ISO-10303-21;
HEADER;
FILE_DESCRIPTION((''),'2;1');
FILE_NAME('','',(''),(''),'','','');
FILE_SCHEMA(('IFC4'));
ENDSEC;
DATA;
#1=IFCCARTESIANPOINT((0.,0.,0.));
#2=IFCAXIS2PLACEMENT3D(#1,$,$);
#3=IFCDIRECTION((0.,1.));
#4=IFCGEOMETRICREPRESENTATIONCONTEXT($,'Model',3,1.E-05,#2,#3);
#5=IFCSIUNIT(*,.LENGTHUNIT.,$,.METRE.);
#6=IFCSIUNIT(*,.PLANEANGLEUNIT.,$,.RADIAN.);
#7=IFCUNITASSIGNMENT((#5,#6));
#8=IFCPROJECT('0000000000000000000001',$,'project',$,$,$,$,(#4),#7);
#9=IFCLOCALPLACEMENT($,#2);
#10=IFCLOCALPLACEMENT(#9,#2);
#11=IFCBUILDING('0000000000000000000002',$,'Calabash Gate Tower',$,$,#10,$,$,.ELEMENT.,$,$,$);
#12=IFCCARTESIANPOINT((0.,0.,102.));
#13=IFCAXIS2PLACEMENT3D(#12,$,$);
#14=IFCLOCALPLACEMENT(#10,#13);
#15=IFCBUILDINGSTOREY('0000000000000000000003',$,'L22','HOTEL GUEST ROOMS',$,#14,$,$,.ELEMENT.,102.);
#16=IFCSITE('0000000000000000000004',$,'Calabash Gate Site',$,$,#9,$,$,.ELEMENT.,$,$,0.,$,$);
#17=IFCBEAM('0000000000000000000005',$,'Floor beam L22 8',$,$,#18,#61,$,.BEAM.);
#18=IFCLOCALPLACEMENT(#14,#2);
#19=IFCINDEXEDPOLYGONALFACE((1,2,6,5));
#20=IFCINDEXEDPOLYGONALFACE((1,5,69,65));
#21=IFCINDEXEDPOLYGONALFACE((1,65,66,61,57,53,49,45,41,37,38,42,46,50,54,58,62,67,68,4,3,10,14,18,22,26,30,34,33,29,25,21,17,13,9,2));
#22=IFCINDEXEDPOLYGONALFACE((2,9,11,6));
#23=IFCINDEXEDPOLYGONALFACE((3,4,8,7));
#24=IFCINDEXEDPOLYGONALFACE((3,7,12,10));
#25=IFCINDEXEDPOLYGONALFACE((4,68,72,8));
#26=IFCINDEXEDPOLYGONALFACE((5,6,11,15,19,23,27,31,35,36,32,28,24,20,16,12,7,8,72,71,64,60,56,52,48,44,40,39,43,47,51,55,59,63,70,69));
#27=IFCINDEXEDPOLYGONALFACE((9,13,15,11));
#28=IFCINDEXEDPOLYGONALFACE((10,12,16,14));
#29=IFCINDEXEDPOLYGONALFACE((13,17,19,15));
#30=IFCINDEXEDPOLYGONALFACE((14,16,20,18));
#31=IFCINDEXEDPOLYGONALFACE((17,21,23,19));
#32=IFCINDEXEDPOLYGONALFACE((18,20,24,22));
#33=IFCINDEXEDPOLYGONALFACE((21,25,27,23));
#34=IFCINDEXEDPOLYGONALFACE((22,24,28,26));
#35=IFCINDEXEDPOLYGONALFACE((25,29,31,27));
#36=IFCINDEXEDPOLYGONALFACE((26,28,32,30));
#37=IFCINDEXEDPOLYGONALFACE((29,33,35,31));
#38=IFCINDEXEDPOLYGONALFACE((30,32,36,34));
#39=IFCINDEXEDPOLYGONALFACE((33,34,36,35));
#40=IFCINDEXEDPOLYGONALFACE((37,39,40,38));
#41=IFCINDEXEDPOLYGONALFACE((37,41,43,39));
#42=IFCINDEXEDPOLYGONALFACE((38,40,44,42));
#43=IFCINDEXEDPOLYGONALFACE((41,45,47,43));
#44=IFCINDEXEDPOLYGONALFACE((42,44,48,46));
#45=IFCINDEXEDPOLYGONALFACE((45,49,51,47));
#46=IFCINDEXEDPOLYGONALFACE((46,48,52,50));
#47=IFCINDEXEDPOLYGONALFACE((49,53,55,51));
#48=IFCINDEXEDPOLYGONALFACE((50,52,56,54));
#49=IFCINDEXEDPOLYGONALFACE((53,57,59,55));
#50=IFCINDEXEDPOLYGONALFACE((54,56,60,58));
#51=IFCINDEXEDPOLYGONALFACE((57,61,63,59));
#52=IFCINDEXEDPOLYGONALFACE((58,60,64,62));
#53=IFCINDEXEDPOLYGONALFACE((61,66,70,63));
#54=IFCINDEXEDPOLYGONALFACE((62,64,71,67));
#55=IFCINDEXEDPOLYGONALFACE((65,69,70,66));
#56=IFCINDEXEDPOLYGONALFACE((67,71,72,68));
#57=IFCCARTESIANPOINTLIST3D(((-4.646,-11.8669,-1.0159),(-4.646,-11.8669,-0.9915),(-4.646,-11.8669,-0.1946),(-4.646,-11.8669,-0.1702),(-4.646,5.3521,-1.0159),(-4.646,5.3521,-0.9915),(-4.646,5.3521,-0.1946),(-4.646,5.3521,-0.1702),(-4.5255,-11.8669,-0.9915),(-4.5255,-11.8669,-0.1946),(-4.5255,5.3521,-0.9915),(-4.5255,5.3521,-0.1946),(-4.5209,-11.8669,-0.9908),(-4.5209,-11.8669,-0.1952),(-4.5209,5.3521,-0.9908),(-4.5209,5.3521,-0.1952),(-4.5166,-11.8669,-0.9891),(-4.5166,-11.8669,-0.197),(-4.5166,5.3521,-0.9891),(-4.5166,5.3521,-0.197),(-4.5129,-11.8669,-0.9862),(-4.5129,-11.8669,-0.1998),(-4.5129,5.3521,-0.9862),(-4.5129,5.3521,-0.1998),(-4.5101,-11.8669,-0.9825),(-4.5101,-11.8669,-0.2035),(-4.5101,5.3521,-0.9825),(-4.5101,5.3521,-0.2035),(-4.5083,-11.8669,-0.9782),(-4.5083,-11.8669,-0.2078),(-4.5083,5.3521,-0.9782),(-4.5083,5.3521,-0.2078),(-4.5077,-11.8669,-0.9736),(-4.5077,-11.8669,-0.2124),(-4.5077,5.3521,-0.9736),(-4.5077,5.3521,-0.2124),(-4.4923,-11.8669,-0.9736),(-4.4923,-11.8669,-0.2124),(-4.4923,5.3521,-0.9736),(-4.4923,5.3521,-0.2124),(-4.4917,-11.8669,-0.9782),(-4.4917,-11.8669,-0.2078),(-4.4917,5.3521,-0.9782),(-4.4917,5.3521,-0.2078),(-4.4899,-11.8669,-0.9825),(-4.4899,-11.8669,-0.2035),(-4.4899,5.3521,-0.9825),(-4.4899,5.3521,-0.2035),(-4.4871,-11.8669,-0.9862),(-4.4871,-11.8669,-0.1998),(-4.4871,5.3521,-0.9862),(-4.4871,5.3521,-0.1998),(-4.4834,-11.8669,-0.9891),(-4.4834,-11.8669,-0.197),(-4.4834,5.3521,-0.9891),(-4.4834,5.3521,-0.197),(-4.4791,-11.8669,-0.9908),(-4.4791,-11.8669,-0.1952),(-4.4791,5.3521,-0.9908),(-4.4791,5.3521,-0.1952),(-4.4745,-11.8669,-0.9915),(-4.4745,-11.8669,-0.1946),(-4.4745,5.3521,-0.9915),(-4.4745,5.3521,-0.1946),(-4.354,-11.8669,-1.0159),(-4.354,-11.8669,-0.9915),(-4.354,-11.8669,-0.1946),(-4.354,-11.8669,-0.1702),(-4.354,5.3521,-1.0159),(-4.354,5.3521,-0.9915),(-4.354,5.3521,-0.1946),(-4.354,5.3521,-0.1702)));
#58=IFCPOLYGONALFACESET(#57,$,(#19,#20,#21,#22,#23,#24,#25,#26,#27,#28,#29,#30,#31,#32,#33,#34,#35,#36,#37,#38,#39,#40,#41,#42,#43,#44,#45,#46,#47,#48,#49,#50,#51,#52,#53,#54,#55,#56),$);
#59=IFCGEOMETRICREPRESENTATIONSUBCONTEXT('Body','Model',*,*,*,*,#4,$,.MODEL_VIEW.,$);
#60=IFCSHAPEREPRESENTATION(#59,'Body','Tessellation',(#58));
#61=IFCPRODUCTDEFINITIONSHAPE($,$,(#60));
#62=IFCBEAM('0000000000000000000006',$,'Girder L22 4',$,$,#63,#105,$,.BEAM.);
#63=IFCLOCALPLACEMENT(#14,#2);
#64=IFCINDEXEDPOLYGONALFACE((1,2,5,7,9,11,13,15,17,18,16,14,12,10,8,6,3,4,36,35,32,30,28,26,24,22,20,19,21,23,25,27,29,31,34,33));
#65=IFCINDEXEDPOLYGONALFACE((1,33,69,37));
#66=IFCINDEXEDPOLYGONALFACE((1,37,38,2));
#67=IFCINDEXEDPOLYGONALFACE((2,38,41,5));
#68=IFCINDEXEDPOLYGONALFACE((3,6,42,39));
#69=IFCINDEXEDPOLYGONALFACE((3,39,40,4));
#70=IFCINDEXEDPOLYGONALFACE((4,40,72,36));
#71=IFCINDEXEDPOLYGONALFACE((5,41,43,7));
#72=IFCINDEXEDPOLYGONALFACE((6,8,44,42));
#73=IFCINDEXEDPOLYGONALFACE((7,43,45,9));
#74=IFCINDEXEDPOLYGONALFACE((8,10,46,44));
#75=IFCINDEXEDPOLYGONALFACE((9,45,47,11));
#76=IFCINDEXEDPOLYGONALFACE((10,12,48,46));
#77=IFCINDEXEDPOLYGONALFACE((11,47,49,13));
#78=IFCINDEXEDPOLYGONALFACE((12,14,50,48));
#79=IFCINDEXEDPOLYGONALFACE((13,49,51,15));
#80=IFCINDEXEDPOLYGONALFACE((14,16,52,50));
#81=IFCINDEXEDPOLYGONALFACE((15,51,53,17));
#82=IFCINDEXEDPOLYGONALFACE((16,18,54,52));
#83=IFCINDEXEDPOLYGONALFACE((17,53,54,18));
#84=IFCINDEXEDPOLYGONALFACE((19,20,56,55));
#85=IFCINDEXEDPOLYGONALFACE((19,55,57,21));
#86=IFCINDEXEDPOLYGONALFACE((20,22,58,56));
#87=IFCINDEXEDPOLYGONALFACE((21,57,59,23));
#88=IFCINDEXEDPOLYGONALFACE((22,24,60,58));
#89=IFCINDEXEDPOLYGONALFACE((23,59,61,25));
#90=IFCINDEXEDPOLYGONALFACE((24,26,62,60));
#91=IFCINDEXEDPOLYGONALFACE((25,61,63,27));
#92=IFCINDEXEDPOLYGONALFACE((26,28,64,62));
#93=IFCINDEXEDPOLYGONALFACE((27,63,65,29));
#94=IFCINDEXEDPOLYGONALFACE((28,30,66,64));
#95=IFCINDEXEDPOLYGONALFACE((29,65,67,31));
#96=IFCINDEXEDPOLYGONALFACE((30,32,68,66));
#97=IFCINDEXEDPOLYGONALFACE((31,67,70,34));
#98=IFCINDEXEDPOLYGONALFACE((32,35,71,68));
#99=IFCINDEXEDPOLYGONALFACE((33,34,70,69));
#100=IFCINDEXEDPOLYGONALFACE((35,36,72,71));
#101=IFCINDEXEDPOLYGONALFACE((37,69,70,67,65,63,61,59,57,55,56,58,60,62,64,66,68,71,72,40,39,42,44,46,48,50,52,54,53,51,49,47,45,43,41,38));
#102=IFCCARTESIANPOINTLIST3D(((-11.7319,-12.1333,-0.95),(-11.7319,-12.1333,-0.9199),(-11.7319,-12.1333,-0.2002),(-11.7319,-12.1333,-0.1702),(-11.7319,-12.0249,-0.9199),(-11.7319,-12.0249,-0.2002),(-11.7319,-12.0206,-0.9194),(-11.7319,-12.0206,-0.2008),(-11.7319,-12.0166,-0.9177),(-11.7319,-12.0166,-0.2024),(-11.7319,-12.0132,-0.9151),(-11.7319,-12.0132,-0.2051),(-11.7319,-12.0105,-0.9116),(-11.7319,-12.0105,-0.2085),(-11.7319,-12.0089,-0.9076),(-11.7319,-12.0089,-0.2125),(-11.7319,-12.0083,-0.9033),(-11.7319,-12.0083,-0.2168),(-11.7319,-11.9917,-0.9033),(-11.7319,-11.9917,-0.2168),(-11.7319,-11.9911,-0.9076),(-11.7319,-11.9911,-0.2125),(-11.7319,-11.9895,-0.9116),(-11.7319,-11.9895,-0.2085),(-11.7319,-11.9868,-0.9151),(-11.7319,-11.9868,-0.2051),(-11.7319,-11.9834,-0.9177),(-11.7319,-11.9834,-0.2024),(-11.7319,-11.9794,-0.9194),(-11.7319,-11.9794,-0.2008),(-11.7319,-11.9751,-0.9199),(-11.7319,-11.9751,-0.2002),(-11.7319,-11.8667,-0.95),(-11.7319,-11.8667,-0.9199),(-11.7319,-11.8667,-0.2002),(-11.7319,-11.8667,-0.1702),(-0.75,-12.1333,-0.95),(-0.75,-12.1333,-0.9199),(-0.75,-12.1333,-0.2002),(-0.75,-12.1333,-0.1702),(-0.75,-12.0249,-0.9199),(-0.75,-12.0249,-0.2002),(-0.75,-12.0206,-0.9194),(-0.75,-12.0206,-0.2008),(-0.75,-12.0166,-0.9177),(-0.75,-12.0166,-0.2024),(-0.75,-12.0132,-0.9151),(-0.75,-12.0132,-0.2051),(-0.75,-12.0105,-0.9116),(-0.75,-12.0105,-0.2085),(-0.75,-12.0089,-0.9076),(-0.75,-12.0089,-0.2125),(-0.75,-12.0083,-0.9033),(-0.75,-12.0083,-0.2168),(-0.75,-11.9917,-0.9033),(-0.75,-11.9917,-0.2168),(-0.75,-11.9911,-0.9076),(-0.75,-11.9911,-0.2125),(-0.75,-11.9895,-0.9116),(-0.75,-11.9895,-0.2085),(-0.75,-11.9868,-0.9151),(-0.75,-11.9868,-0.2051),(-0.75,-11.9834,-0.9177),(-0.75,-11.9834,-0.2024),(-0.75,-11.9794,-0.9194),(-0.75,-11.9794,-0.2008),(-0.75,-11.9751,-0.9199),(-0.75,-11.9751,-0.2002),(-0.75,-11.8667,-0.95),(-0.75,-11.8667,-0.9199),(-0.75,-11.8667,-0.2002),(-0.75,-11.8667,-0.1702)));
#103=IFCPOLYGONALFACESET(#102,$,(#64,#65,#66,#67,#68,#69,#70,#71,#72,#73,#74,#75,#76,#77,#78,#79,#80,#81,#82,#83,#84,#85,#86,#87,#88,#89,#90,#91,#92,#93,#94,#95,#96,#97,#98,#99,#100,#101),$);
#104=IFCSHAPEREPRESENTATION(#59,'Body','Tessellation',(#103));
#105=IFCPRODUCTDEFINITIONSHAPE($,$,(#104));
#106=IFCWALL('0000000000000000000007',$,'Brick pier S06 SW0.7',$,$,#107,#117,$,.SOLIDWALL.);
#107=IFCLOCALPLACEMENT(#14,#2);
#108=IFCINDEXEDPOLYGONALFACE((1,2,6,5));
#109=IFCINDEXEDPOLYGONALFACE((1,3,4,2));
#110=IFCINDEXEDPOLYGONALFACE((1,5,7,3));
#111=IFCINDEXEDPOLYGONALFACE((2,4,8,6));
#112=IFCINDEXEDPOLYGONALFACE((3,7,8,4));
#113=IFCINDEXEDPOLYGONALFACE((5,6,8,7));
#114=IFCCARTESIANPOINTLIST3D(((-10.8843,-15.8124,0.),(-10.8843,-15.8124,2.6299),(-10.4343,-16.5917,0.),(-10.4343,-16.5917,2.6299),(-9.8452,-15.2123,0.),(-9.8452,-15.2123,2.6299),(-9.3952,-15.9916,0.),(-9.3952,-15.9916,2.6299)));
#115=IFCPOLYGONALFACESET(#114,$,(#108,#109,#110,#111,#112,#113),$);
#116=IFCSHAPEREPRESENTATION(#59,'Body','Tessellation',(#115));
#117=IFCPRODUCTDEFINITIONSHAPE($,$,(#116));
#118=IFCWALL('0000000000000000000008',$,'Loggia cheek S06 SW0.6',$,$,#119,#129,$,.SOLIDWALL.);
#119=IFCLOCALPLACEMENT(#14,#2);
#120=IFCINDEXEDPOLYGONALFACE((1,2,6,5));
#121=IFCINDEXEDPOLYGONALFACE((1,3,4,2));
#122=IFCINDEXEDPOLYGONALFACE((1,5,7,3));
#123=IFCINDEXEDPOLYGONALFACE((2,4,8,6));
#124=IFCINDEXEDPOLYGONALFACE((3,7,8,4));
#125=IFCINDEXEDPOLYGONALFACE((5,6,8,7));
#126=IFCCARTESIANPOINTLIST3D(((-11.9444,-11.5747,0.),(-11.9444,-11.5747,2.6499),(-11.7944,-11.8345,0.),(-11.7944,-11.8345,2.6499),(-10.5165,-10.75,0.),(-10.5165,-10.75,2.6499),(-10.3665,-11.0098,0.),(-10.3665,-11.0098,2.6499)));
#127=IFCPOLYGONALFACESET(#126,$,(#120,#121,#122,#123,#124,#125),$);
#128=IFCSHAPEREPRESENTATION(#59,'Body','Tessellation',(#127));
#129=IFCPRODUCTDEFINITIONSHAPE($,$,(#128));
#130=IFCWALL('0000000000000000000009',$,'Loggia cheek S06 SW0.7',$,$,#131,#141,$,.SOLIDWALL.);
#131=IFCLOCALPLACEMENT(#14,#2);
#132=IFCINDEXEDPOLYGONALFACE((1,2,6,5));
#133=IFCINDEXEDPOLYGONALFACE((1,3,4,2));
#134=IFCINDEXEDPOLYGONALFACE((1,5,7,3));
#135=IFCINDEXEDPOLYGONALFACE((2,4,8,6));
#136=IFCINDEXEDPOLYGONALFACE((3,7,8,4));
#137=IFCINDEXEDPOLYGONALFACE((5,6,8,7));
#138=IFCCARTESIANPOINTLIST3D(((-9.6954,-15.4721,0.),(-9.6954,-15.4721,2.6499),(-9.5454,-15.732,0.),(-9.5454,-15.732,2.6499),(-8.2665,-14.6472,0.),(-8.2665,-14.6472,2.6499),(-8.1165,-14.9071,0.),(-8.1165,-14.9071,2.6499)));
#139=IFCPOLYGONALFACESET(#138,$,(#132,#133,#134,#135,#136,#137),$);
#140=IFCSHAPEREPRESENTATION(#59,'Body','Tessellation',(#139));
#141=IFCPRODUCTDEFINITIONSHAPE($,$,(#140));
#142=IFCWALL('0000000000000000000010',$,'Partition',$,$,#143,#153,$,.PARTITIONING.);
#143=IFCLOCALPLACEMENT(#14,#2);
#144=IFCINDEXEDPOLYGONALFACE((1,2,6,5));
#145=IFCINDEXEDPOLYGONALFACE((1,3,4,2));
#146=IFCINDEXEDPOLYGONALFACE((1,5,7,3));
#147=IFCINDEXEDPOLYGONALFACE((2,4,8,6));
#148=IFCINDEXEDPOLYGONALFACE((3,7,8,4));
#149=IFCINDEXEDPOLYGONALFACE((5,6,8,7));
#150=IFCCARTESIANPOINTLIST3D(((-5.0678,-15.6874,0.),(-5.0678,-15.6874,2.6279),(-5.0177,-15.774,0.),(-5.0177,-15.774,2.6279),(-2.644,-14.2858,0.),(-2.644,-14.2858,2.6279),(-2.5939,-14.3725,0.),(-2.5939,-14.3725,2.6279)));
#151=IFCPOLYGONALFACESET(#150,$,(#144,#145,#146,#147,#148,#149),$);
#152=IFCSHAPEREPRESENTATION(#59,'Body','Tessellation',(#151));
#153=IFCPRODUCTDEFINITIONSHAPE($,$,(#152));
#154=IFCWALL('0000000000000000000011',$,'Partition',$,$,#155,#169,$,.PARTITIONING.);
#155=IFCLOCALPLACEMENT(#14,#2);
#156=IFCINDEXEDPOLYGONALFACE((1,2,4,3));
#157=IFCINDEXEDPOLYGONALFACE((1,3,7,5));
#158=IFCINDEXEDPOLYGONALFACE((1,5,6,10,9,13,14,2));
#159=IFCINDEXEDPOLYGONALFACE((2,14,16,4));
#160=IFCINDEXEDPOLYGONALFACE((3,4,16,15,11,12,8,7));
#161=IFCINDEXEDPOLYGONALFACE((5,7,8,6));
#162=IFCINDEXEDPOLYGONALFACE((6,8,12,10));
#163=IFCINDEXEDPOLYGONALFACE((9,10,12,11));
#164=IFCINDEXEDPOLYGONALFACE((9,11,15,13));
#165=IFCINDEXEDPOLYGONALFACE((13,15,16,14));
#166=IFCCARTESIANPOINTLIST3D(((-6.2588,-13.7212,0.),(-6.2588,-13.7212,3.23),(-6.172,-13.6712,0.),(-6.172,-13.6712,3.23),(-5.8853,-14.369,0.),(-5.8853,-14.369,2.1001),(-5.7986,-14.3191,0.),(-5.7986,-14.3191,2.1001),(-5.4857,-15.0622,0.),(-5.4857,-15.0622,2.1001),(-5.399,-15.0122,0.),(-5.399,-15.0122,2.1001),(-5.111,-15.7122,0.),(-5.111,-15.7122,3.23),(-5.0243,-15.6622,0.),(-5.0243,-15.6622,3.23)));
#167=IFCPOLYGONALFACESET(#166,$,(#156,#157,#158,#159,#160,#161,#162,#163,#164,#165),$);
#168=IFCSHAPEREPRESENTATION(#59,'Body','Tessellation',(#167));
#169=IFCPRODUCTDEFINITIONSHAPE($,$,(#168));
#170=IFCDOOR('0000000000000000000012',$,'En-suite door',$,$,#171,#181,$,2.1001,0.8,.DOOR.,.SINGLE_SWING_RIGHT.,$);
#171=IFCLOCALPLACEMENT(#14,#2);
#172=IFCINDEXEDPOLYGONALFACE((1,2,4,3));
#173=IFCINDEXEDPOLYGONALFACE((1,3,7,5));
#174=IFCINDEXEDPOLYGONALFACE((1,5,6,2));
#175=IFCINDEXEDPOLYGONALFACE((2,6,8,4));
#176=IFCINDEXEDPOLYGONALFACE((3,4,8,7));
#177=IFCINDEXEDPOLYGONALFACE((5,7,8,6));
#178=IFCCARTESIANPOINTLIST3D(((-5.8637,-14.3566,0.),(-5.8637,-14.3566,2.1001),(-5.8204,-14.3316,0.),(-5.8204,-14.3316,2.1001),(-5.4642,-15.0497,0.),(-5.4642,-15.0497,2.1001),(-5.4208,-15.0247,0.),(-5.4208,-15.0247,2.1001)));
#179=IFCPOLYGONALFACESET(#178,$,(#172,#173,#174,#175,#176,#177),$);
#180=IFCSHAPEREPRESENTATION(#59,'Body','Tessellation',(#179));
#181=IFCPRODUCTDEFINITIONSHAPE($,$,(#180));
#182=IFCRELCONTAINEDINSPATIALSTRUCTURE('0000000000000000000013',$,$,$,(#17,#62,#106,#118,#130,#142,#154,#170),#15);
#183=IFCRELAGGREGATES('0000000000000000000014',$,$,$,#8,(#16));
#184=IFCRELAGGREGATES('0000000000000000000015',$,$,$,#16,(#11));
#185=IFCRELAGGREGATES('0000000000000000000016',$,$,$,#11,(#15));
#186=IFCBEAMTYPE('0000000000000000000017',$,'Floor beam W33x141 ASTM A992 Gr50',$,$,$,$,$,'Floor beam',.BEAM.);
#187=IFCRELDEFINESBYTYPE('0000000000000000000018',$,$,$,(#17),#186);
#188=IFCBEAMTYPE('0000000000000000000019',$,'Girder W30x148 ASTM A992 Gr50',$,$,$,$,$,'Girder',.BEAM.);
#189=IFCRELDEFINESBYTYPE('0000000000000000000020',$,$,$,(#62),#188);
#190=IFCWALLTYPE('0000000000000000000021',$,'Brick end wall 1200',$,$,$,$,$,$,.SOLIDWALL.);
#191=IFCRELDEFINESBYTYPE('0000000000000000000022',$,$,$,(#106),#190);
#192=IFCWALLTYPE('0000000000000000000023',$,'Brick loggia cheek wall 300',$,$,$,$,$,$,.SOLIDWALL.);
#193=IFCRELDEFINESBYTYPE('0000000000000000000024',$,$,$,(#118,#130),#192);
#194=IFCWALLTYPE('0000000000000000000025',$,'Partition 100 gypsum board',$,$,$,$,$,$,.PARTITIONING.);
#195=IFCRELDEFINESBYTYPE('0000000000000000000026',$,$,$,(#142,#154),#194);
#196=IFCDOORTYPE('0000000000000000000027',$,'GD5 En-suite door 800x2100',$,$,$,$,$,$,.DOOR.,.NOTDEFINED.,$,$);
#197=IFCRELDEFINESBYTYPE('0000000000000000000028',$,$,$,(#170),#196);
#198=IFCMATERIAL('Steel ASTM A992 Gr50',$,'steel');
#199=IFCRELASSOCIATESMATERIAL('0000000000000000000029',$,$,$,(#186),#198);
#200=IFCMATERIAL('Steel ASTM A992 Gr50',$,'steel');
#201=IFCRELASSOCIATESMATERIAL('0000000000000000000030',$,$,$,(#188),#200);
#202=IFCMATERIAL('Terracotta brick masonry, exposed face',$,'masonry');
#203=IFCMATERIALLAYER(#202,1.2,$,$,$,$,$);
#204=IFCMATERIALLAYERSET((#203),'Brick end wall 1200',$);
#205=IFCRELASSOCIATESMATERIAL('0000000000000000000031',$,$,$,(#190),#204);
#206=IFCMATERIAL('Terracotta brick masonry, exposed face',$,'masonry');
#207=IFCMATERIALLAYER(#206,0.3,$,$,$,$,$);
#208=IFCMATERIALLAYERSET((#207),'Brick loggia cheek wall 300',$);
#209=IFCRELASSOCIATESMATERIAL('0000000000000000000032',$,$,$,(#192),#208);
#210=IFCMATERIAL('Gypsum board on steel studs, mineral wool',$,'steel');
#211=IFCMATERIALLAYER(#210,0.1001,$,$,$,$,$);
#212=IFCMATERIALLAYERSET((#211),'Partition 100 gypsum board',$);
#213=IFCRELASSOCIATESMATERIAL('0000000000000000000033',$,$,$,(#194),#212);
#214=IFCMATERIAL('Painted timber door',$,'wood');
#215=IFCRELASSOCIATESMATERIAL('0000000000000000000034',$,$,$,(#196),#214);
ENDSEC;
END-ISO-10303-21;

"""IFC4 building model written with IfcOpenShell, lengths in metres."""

from ifc_helpers import new_model, si_unit, direction, frame, frame_2d, origin, origin_2d, place, context, subcontext, project, spatial, rectangle, i_section, extrude, material, layer, layer_set, material_profile, profile_set, type_object, element, fill, save


model = new_model("IFC4")

# Units and contexts
model_context = context("Model", 3, precision=1e-05, world=origin(), true_north=direction((0.0, 1.0)))
body_context = subcontext(model_context, "Body", "Model", "MODEL_VIEW")
ifc_project = project(units=[si_unit("LENGTHUNIT", "METRE"), si_unit("PLANEANGLEUNIT", "RADIAN")], contexts=[model_context])

# Site, building, storey
site_placement = place(None, origin())
site = spatial("IfcSite", under=ifc_project, at=site_placement, Name="Calabash Gate Site", CompositionType="ELEMENT", RefElevation=0.0)
building_placement = place(site_placement, origin())
building = spatial("IfcBuilding", under=site, at=building_placement, Name="Calabash Gate Tower", CompositionType="ELEMENT")
storey_placement = place(building_placement, frame((0.0, 0.0, 102.0)))
storey = spatial("IfcBuildingStorey", under=building, at=storey_placement, Name="L22", Description="HOTEL GUEST ROOMS", CompositionType="ELEMENT", Elevation=102.0)

# Beams
ifc_material_1 = material(Name="Steel ASTM A992 Gr50", Category="steel")
ifc_material_profile_1 = material_profile(ifc_material_1, i_section(OverallWidth=0.292, OverallDepth=0.8457, WebThickness=0.0154, FlangeThickness=0.0244, FilletRadius=0.0178, at=origin_2d()))
ifc_profile_set_1 = profile_set([ifc_material_profile_1], Name="Steel ASTM A992 Gr50")
beam_type_1 = type_object("IfcBeamType", Name="Floor beam W33x141 ASTM A992 Gr50", ElementType="Floor beam", PredefinedType="BEAM", material=ifc_profile_set_1)
beam_1_placement = place(storey_placement, frame((-4.5, -11.8669, -0.593), z_axis=(0.0, 1.0, 0.0), x_axis=(-1.0, 0.0, 0.0)))
element("IfcBeam", 1, at=beam_1_placement, inside=storey, type_object=beam_type_1, Name="Floor beam L22 8", PredefinedType="BEAM", context=body_context, shape_type="SweptSolid", body=[
    extrude(i_section(OverallWidth=0.292, OverallDepth=0.8457, WebThickness=0.0154, FlangeThickness=0.0244, FilletRadius=0.0178, at=origin_2d()), origin(), (0.0, 0.0, 1.0), 17.219),
])
ifc_material_2 = material(Name="Steel ASTM A992 Gr50", Category="steel")
ifc_material_profile_2 = material_profile(ifc_material_2, i_section(OverallWidth=0.2666, OverallDepth=0.7798, WebThickness=0.0166, FlangeThickness=0.03, FilletRadius=0.0166, at=origin_2d()))
ifc_profile_set_2 = profile_set([ifc_material_profile_2], Name="Steel ASTM A992 Gr50")
beam_type_2 = type_object("IfcBeamType", Name="Girder W30x148 ASTM A992 Gr50", ElementType="Girder", PredefinedType="BEAM", material=ifc_profile_set_2)
beam_2_placement = place(storey_placement, frame((-11.7319, -12.0, -0.5601), z_axis=(1.0, 0.0, 0.0), x_axis=(0.0, 1.0, 0.0)))
element("IfcBeam", 2, at=beam_2_placement, inside=storey, type_object=beam_type_2, Name="Girder L22 4", PredefinedType="BEAM", context=body_context, shape_type="SweptSolid", body=[
    extrude(i_section(OverallWidth=0.2666, OverallDepth=0.7798, WebThickness=0.0166, FlangeThickness=0.03, FilletRadius=0.0166, at=origin_2d()), origin(), (0.0, 0.0, 1.0), 10.9819),
])

# Walls
ifc_material_3 = material(Name="Terracotta brick masonry, exposed face", Category="masonry")
ifc_layer_1 = layer(ifc_material_3, 1.2)
ifc_layer_set_1 = layer_set([ifc_layer_1], Name="Brick end wall 1200")
wall_type_1 = type_object("IfcWallType", Name="Brick end wall 1200", PredefinedType="SOLIDWALL", material=ifc_layer_set_1)
wall_1_placement = place(storey_placement, frame((-10.6594, -16.2021, 0.0), z_axis=(0.0, 0.0, 1.0), x_axis=(0.865955, 0.500122, 0.0)))
element("IfcWall", 3, at=wall_1_placement, inside=storey, type_object=wall_type_1, Name="Brick pier S06 SW0.7", PredefinedType="SOLIDWALL", context=body_context, shape_type="SweptSolid", body=[
    extrude(rectangle(XDim=1.2, YDim=0.8999, at=frame_2d((0.6001, 0.0))), origin(), (0.0, 0.0, 1.0), 2.6299),
])
ifc_material_4 = material(Name="Terracotta brick masonry, exposed face", Category="masonry")
ifc_layer_2 = layer(ifc_material_4, 0.3)
ifc_layer_set_2 = layer_set([ifc_layer_2], Name="Brick loggia cheek wall 300")
wall_type_2 = type_object("IfcWallType", Name="Brick loggia cheek wall 300", PredefinedType="SOLIDWALL", material=ifc_layer_set_2)
wall_2_placement = place(storey_placement, frame((-11.8694, -11.7046, 0.0), z_axis=(0.0, 0.0, 1.0), x_axis=(0.865956, 0.50012, 0.0)))
element("IfcWall", 4, at=wall_2_placement, inside=storey, type_object=wall_type_2, Name="Loggia cheek S06 SW0.6", PredefinedType="SOLIDWALL", context=body_context, shape_type="SweptSolid", body=[
    extrude(rectangle(XDim=1.6489, YDim=0.3, at=frame_2d((0.8245, 0.0))), origin(), (0.0, 0.0, 1.0), 2.6499),
])
wall_3_placement = place(storey_placement, frame((-9.6204, -15.6021, 0.0), z_axis=(0.0, 0.0, 1.0), x_axis=(0.86604, 0.499974, 0.0)))
element("IfcWall", 5, at=wall_3_placement, inside=storey, type_object=wall_type_2, Name="Loggia cheek S06 SW0.7", PredefinedType="SOLIDWALL", context=body_context, shape_type="SweptSolid", body=[
    extrude(rectangle(XDim=1.6499, YDim=0.3, at=frame_2d((0.825, 0.0))), origin(), (0.0, 0.0, 1.0), 2.6499),
])
ifc_material_5 = material(Name="Gypsum board on steel studs, mineral wool", Category="steel")
ifc_layer_3 = layer(ifc_material_5, 0.1001)
ifc_layer_set_3 = layer_set([ifc_layer_3], Name="Partition 100 gypsum board")
wall_type_3 = type_object("IfcWallType", Name="Partition 100 gypsum board", PredefinedType="PARTITIONING", material=ifc_layer_set_3)
wall_4_placement = place(storey_placement, frame((-5.0427, -15.7307, 0.0), z_axis=(0.0, 0.0, 1.0), x_axis=(0.865683, 0.500593, 0.0)))
element("IfcWall", 6, at=wall_4_placement, inside=storey, type_object=wall_type_3, Name="Partition", PredefinedType="PARTITIONING", context=body_context, shape_type="SweptSolid", body=[
    extrude(rectangle(XDim=2.7998, YDim=0.1001, at=frame_2d((1.3999, 0.0))), origin(), (0.0, 0.0, 1.0), 2.6279),
])

# Wall, opening, door
wall_5_placement = place(storey_placement, frame((-6.2153, -13.6963, 0.0), z_axis=(0.0, 0.0, 1.0), x_axis=(0.499419, -0.866361, 0.0)))
wall_5 = element("IfcWall", 7, at=wall_5_placement, inside=storey, type_object=wall_type_3, Name="Partition", PredefinedType="PARTITIONING", context=body_context, shape_type="SweptSolid", body=[
    extrude(rectangle(XDim=2.2981, YDim=0.1001, at=frame_2d((1.1489, 0.0))), origin(), (0.0, 0.0, 1.0), 3.23),
])
opening_1_placement = place(wall_5_placement, frame((0.7478, 0.0, 0.0)))
opening_1 = element("IfcOpeningElement", 8, at=opening_1_placement, cuts=wall_5, PredefinedType="OPENING", context=body_context, shape_type="SweptSolid", body=[
    extrude(rectangle(XDim=0.8, YDim=2.1001, at=frame_2d((0.3999, 1.05))), frame((0.0, 0.0601, 0.0), z_axis=(0.0, -1.0, 0.0), x_axis=(1.0, 0.0, 0.0)), (0.0, 0.0, 1.0), 0.1201),
])
ifc_material_6 = material(Name="Painted timber door", Category="wood")
door_type_1 = type_object("IfcDoorType", Name="GD5 En-suite door 800x2100", OperationType="NOTDEFINED", PredefinedType="DOOR", material=ifc_material_6)
door_1_placement = place(opening_1_placement, origin())
door_1 = element("IfcDoor", 9, at=door_1_placement, inside=storey, type_object=door_type_1, Name="En-suite door", OperationType="SINGLE_SWING_RIGHT", OverallHeight=2.1001, OverallWidth=0.8, PredefinedType="DOOR", context=body_context, shape_type="SweptSolid", body=[
    extrude(rectangle(XDim=0.8, YDim=2.1001, at=frame_2d((0.3999, 1.05))), frame((0.0, 0.0249, 0.0), z_axis=(0.0, -1.0, 0.0), x_axis=(1.0, 0.0, 0.0)), (0.0, 0.0, 1.0), 0.05),
])
fill(opening_1, door_1)

save(model, "model.ifc")
